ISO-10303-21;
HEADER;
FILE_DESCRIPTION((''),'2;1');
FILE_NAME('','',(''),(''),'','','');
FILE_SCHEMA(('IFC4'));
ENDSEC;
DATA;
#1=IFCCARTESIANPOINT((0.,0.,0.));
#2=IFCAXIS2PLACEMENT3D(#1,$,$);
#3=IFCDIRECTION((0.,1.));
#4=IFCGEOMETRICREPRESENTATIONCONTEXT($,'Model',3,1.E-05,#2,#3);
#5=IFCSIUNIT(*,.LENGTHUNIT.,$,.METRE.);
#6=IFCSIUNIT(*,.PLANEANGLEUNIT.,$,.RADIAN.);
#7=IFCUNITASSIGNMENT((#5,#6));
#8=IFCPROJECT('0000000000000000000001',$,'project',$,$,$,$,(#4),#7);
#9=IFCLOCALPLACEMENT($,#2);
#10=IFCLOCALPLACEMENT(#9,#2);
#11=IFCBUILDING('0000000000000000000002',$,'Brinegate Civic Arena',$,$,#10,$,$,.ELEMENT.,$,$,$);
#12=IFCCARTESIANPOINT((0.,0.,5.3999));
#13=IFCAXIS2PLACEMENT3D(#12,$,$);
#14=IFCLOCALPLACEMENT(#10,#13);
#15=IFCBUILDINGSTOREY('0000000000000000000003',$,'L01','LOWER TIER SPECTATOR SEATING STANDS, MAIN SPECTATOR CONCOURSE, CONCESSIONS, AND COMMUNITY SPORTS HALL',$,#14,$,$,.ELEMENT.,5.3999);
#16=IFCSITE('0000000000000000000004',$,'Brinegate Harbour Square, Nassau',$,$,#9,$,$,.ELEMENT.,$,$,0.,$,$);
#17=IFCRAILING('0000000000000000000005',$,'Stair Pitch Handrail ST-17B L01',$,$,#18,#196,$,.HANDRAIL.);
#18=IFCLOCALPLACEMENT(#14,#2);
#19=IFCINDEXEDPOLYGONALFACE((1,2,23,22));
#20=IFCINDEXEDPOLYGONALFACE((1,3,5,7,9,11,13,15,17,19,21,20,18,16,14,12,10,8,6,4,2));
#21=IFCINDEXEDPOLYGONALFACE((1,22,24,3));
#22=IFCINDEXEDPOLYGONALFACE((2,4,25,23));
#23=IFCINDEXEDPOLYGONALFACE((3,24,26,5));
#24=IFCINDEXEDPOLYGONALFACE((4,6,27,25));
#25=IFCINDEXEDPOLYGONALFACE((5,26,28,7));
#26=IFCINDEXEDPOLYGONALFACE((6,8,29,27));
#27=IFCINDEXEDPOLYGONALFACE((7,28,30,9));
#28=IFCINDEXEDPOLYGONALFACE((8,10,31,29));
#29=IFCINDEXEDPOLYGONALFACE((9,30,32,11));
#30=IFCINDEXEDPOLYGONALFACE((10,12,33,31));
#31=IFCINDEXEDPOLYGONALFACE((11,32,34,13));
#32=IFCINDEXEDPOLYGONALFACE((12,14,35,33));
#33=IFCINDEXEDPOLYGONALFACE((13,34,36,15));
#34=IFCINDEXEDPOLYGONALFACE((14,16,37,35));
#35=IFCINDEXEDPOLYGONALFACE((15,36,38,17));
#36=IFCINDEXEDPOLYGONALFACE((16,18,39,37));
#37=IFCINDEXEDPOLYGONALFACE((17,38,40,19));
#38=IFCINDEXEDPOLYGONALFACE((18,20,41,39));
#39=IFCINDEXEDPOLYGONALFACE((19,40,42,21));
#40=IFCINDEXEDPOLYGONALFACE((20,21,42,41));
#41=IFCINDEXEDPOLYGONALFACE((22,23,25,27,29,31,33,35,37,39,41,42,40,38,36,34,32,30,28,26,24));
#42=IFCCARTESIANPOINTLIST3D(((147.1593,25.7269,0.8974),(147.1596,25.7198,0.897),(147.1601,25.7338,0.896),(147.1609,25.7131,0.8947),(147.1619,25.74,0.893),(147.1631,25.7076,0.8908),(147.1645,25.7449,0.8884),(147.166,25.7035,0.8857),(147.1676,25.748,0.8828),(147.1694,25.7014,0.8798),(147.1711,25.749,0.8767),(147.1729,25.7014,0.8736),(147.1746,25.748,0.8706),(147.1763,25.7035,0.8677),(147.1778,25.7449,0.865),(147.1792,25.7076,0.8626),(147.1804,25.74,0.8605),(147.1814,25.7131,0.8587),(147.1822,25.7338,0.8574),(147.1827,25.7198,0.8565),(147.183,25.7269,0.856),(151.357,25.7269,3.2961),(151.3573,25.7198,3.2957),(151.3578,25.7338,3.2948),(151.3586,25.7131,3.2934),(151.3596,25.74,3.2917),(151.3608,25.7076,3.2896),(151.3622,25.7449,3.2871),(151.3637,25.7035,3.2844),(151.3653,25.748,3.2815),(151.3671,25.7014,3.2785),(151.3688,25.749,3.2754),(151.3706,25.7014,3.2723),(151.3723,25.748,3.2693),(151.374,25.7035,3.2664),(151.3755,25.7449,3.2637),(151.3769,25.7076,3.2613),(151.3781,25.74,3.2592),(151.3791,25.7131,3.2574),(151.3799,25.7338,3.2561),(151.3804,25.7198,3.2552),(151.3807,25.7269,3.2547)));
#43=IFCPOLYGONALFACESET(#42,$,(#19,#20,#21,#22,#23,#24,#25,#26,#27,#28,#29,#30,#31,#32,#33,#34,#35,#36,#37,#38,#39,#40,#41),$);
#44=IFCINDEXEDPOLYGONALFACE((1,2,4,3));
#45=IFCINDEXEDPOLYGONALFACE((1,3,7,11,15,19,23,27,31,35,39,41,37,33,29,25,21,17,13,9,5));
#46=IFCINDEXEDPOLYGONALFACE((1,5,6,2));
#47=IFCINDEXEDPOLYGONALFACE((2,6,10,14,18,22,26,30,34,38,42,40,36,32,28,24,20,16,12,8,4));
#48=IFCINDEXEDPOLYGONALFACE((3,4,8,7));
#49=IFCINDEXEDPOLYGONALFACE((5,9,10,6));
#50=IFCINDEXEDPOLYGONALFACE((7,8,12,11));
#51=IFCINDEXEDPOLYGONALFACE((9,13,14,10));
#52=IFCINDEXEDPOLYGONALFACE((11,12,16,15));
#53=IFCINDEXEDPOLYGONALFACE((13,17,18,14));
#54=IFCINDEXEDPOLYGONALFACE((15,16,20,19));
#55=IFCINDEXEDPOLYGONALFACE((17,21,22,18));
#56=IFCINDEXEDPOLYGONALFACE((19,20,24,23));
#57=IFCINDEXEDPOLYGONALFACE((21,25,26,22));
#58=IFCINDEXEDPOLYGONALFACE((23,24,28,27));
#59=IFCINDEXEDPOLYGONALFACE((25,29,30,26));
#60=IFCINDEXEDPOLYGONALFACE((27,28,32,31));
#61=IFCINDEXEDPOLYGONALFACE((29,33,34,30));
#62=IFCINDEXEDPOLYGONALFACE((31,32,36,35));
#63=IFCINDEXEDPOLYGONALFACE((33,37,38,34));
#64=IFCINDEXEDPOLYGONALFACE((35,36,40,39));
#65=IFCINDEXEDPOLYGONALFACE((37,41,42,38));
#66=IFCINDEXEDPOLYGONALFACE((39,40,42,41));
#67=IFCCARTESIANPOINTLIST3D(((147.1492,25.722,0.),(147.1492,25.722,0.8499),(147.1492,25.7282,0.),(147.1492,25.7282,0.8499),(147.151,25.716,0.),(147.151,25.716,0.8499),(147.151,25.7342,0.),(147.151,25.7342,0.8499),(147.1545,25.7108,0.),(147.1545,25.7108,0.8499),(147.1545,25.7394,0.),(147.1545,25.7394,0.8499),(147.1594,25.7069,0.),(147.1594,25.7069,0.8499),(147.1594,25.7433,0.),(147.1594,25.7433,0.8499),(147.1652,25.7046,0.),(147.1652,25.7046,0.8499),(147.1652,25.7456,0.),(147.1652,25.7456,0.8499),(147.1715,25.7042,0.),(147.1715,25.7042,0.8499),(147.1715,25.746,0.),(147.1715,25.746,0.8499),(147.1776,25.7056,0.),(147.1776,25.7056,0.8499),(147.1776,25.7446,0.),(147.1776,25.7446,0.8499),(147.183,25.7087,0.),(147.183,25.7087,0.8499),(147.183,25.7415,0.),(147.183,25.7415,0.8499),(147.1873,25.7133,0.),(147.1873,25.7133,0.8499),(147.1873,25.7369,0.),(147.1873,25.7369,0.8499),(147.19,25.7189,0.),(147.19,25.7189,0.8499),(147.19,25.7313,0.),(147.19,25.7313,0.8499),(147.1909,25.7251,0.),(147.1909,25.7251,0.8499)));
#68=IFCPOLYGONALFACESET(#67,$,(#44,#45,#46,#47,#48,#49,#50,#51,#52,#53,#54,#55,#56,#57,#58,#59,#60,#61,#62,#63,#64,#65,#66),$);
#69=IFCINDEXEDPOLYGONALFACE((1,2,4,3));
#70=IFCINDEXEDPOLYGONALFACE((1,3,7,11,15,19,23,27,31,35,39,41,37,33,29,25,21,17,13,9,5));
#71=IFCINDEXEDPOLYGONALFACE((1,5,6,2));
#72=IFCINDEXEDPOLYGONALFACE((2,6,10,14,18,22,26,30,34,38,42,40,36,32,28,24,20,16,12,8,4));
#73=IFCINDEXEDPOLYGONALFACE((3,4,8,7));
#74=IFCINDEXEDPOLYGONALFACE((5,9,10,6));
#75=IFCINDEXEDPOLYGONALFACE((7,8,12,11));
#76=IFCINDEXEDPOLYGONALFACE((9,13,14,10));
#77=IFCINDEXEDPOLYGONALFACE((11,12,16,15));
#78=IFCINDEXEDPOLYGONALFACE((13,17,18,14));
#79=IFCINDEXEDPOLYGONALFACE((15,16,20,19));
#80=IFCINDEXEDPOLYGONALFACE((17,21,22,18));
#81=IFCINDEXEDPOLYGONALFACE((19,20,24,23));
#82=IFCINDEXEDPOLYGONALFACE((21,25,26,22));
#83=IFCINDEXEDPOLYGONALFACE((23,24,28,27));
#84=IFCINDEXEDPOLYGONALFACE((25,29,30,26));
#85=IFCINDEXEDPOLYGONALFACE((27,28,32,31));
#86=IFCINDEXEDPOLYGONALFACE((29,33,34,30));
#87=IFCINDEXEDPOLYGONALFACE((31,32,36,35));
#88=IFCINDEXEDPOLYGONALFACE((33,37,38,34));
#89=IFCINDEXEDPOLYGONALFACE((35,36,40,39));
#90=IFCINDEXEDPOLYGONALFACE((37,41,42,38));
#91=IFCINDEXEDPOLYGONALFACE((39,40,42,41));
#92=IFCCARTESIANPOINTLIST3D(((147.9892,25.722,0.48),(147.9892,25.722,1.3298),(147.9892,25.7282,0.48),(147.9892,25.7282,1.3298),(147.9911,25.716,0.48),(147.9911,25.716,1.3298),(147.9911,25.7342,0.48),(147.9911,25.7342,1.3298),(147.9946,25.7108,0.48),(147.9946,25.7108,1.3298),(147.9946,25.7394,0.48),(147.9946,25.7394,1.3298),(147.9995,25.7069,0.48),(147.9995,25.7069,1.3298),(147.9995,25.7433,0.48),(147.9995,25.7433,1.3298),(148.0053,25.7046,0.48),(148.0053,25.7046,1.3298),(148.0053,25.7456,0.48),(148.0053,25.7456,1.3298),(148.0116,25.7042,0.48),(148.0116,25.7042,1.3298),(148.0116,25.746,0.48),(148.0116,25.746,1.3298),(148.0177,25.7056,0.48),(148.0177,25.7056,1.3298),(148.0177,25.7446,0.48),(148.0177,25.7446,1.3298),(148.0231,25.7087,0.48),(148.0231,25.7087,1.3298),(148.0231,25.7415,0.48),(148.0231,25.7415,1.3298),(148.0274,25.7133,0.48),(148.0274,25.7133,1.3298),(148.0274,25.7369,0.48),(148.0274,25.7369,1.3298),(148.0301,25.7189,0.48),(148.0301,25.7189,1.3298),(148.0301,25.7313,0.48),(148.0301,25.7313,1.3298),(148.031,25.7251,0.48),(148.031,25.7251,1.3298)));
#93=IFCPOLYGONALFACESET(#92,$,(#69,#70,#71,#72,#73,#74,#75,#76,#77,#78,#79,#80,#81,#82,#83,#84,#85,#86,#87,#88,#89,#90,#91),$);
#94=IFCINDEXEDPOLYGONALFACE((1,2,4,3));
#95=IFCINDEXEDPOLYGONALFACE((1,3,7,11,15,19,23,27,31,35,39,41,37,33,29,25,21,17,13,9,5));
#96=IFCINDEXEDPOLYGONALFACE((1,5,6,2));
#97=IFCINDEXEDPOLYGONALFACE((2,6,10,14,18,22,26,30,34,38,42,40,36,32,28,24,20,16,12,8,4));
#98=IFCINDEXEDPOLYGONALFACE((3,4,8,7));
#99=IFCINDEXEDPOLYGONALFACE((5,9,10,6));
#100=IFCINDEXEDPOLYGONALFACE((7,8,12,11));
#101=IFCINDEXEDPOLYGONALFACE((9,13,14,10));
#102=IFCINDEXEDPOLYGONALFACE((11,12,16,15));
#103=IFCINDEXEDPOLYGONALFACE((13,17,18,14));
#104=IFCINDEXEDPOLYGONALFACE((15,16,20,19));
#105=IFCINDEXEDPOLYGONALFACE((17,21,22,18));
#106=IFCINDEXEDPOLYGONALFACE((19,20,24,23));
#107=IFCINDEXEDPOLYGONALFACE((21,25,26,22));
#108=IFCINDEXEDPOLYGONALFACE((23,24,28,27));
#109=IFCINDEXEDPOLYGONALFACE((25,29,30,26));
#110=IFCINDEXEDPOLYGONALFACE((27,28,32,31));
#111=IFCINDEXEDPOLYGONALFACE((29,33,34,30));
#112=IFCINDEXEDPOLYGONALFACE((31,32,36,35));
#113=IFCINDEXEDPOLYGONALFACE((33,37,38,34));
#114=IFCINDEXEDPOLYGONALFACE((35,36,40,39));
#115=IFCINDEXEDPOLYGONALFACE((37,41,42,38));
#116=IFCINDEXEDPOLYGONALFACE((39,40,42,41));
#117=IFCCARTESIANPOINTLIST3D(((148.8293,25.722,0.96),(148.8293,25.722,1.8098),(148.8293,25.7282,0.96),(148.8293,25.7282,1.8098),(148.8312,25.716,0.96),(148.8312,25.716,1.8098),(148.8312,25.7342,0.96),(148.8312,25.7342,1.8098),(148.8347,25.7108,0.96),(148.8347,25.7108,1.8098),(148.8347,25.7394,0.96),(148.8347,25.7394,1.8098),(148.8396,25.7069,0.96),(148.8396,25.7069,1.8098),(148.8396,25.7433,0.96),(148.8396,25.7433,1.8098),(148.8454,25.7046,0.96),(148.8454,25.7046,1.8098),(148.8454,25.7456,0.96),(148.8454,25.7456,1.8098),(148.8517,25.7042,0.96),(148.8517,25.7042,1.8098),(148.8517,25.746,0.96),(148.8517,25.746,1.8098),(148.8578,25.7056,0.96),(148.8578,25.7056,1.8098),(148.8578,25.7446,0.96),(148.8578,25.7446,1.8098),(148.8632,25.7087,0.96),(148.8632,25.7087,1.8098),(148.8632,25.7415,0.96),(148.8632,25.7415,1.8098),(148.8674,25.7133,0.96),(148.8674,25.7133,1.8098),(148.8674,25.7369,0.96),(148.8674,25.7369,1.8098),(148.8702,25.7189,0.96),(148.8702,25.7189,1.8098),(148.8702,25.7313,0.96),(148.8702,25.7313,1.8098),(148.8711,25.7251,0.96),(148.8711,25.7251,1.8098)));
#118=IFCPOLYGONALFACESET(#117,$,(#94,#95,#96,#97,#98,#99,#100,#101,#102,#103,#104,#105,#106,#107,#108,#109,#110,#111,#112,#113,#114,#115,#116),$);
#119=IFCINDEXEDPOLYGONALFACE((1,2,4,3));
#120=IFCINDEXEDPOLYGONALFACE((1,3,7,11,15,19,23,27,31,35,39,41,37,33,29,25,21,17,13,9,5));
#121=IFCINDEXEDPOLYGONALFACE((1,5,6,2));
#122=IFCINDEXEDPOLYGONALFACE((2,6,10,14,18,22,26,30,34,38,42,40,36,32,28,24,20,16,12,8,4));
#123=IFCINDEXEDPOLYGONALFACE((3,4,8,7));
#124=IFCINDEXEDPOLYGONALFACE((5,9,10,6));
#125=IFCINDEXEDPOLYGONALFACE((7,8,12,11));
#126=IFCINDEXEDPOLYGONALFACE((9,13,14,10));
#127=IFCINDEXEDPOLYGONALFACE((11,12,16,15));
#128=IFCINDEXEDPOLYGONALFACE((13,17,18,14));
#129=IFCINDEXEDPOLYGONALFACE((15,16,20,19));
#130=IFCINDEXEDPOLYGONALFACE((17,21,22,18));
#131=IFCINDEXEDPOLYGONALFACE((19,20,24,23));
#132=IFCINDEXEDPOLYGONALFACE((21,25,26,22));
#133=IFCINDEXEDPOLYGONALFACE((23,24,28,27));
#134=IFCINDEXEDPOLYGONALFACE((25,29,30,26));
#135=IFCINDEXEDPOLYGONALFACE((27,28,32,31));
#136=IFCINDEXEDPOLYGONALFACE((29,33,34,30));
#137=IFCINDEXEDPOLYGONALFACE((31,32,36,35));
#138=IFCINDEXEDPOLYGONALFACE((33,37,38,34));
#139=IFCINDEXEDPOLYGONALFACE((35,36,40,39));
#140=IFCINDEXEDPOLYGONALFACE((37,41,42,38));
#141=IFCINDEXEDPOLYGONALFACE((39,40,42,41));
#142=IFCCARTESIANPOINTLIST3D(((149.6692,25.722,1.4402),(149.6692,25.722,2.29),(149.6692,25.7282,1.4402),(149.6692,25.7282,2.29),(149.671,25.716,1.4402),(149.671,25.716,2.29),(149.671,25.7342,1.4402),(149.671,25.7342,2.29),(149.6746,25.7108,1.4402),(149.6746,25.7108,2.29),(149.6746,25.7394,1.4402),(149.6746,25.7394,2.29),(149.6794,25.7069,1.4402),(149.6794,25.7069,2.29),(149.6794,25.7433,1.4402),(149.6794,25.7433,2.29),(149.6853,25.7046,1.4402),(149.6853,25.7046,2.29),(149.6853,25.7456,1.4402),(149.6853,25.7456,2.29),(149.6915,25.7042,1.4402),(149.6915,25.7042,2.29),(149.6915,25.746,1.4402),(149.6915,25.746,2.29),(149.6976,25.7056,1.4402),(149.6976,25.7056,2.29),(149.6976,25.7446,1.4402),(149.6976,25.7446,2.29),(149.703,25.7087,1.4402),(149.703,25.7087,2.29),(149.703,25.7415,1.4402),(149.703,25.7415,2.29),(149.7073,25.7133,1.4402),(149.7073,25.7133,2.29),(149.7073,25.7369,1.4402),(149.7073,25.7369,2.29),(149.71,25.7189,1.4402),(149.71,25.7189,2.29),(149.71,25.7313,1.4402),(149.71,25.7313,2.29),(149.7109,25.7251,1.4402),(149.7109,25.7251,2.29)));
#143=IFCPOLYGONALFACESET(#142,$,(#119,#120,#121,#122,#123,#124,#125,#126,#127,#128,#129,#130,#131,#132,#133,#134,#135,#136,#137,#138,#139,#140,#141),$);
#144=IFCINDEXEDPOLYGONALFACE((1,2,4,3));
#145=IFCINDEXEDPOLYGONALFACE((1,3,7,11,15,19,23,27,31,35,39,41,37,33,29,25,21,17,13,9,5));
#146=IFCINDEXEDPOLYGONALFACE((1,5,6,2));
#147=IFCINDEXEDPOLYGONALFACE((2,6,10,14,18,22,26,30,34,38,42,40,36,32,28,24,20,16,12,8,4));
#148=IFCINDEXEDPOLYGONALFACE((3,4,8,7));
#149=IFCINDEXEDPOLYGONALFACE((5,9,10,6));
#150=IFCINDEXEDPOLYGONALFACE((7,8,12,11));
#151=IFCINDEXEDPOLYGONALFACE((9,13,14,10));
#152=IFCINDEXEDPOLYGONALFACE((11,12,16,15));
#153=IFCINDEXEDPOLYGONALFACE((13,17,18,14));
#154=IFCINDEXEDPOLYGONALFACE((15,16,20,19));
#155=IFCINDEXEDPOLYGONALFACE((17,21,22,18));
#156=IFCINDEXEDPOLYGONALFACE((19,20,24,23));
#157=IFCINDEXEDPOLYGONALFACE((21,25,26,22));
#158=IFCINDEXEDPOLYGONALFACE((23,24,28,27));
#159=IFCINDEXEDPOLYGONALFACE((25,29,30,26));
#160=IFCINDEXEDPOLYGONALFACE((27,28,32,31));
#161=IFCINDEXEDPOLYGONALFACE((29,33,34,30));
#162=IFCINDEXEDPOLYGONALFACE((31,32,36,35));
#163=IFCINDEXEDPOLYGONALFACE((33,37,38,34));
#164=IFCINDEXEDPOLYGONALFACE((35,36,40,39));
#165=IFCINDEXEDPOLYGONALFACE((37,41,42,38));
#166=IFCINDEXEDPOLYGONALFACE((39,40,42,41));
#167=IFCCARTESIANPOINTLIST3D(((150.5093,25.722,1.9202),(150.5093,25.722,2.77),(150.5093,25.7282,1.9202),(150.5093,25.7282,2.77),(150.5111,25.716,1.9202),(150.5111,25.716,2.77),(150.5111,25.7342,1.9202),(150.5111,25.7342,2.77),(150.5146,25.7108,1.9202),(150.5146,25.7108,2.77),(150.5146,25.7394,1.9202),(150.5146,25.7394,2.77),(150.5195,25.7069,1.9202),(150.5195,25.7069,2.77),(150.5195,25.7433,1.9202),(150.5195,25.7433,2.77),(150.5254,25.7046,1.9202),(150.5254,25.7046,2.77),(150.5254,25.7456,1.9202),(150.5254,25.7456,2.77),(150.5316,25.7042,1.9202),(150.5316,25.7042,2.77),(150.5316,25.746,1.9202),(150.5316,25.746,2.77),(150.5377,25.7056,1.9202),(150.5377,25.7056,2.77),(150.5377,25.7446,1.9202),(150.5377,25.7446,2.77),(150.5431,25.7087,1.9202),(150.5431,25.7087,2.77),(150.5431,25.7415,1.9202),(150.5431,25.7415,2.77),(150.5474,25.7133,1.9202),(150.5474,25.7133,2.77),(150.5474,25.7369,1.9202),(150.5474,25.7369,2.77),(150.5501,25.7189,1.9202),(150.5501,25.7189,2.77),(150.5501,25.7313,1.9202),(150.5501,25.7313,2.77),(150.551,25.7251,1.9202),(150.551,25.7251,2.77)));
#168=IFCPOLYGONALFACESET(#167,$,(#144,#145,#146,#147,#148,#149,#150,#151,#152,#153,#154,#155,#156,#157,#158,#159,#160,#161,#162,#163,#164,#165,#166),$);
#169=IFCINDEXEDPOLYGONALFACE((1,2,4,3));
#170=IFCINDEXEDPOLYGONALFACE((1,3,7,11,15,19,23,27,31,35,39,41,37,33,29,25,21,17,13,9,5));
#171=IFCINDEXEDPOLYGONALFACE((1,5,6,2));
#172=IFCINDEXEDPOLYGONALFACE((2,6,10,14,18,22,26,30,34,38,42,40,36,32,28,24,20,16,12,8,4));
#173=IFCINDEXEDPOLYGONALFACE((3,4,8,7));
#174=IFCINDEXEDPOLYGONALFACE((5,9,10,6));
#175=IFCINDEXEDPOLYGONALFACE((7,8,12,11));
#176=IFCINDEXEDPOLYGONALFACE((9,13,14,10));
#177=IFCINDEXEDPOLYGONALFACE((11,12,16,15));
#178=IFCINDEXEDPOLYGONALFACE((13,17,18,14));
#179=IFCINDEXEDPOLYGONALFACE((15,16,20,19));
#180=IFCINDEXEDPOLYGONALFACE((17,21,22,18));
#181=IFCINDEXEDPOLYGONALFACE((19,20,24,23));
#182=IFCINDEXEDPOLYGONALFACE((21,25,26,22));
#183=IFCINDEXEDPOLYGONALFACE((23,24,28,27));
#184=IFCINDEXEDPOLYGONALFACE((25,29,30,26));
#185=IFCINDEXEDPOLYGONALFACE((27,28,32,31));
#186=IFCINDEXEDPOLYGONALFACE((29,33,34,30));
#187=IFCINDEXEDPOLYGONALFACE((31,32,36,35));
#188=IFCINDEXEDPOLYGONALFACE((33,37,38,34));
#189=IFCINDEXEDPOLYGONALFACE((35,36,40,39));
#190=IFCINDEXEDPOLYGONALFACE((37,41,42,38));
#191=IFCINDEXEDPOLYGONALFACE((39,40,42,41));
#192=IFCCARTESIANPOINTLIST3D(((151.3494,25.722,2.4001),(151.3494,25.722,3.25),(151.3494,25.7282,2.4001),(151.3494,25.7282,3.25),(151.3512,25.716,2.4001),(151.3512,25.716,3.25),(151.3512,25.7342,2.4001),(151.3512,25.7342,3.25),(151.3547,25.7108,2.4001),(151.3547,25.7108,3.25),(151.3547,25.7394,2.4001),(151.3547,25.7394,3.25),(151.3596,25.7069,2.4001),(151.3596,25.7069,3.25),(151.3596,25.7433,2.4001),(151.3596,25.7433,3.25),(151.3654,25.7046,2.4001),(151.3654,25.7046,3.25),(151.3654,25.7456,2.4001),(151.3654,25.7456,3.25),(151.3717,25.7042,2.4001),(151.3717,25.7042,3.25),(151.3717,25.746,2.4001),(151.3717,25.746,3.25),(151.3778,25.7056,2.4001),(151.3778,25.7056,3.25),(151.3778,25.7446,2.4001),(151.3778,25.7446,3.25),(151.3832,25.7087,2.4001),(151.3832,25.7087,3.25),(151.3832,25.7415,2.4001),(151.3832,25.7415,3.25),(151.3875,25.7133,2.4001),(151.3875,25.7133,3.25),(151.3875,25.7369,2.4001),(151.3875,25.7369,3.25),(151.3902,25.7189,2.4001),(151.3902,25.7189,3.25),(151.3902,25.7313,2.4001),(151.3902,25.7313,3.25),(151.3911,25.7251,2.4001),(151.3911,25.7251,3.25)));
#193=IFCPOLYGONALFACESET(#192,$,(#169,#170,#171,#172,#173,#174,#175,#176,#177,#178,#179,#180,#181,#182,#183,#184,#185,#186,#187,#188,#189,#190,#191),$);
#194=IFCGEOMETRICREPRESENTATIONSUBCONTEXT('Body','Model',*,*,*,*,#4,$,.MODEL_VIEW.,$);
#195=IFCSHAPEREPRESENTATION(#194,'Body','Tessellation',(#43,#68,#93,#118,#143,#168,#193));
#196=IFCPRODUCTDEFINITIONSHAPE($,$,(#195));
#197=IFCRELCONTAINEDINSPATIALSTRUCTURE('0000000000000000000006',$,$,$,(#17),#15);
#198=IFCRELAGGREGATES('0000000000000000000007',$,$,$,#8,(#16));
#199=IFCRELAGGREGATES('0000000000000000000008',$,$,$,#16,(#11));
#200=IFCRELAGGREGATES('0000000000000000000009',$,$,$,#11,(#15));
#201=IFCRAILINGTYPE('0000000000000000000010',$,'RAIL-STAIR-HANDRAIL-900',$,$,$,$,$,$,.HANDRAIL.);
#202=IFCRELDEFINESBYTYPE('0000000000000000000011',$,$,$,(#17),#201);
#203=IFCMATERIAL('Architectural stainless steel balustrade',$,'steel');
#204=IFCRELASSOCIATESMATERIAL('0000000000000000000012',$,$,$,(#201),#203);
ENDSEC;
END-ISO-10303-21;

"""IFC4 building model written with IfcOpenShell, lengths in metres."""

from ifc_helpers import new_model, si_unit, direction, frame, origin, origin_2d, place, context, subcontext, project, spatial, circle, extrude, material, type_object, element, save


model = new_model("IFC4")

# Units and contexts
model_context = context("Model", 3, precision=1e-05, world=origin(), true_north=direction((0.0, 1.0)))
body_context = subcontext(model_context, "Body", "Model", "MODEL_VIEW")
ifc_project = project(units=[si_unit("LENGTHUNIT", "METRE"), si_unit("PLANEANGLEUNIT", "RADIAN")], contexts=[model_context])

# Site, building, storey
site_placement = place(None, origin())
site = spatial("IfcSite", under=ifc_project, at=site_placement, Name="Brinegate Harbour Square, Nassau", CompositionType="ELEMENT", RefElevation=0.0)
building_placement = place(site_placement, origin())
building = spatial("IfcBuilding", under=site, at=building_placement, Name="Brinegate Civic Arena", CompositionType="ELEMENT")
storey_placement = place(building_placement, frame((0.0, 0.0, 5.3999)))
storey = spatial("IfcBuildingStorey", under=building, at=storey_placement, Name="L01", Description="LOWER TIER SPECTATOR SEATING STANDS, MAIN SPECTATOR CONCOURSE, CONCESSIONS, AND COMMUNITY SPORTS HALL", CompositionType="ELEMENT", Elevation=5.3999)

# Railing
ifc_material_1 = material(Name="Architectural stainless steel balustrade", Category="steel")
railing_type = type_object("IfcRailingType", Name="RAIL-STAIR-HANDRAIL-900", PredefinedType="HANDRAIL", material=ifc_material_1)
for number, where, name in (
    (1, (147.1699, 25.7251, 0.0), "Stair Pitch Handrail ST-17B L01"),
):
    element("IfcRailing", number, at=place(storey_placement, frame(where)), inside=storey, type_object=railing_type, Name=name, PredefinedType="HANDRAIL", context=body_context, shape_type="SweptSolid", body=[
        extrude(circle(Radius=0.0239, at=origin_2d()), frame((0.0012, 0.0, 0.8767), z_axis=(0.86824, 0.0, 0.496144), x_axis=(0.0, 1.0, 0.0)), (0.0, 0.0, 1.0), 4.8347),
        extrude(circle(Radius=0.021, at=origin_2d()), origin(), (0.0, 0.0, 1.0), 0.8499),
        extrude(circle(Radius=0.021, at=origin_2d()), frame((0.8401, 0.0, 0.48)), (0.0, 0.0, 1.0), 0.8499),
        extrude(circle(Radius=0.021, at=origin_2d()), frame((1.6802, 0.0, 0.96)), (0.0, 0.0, 1.0), 0.8499),
        extrude(circle(Radius=0.021, at=origin_2d()), frame((2.52, 0.0, 1.4402)), (0.0, 0.0, 1.0), 0.8499),
        extrude(circle(Radius=0.021, at=origin_2d()), frame((3.3601, 0.0, 1.9202)), (0.0, 0.0, 1.0), 0.8499),
        extrude(circle(Radius=0.021, at=origin_2d()), frame((4.2002, 0.0, 2.4001)), (0.0, 0.0, 1.0), 0.8499),
    ])

save(model, "model.ifc")
